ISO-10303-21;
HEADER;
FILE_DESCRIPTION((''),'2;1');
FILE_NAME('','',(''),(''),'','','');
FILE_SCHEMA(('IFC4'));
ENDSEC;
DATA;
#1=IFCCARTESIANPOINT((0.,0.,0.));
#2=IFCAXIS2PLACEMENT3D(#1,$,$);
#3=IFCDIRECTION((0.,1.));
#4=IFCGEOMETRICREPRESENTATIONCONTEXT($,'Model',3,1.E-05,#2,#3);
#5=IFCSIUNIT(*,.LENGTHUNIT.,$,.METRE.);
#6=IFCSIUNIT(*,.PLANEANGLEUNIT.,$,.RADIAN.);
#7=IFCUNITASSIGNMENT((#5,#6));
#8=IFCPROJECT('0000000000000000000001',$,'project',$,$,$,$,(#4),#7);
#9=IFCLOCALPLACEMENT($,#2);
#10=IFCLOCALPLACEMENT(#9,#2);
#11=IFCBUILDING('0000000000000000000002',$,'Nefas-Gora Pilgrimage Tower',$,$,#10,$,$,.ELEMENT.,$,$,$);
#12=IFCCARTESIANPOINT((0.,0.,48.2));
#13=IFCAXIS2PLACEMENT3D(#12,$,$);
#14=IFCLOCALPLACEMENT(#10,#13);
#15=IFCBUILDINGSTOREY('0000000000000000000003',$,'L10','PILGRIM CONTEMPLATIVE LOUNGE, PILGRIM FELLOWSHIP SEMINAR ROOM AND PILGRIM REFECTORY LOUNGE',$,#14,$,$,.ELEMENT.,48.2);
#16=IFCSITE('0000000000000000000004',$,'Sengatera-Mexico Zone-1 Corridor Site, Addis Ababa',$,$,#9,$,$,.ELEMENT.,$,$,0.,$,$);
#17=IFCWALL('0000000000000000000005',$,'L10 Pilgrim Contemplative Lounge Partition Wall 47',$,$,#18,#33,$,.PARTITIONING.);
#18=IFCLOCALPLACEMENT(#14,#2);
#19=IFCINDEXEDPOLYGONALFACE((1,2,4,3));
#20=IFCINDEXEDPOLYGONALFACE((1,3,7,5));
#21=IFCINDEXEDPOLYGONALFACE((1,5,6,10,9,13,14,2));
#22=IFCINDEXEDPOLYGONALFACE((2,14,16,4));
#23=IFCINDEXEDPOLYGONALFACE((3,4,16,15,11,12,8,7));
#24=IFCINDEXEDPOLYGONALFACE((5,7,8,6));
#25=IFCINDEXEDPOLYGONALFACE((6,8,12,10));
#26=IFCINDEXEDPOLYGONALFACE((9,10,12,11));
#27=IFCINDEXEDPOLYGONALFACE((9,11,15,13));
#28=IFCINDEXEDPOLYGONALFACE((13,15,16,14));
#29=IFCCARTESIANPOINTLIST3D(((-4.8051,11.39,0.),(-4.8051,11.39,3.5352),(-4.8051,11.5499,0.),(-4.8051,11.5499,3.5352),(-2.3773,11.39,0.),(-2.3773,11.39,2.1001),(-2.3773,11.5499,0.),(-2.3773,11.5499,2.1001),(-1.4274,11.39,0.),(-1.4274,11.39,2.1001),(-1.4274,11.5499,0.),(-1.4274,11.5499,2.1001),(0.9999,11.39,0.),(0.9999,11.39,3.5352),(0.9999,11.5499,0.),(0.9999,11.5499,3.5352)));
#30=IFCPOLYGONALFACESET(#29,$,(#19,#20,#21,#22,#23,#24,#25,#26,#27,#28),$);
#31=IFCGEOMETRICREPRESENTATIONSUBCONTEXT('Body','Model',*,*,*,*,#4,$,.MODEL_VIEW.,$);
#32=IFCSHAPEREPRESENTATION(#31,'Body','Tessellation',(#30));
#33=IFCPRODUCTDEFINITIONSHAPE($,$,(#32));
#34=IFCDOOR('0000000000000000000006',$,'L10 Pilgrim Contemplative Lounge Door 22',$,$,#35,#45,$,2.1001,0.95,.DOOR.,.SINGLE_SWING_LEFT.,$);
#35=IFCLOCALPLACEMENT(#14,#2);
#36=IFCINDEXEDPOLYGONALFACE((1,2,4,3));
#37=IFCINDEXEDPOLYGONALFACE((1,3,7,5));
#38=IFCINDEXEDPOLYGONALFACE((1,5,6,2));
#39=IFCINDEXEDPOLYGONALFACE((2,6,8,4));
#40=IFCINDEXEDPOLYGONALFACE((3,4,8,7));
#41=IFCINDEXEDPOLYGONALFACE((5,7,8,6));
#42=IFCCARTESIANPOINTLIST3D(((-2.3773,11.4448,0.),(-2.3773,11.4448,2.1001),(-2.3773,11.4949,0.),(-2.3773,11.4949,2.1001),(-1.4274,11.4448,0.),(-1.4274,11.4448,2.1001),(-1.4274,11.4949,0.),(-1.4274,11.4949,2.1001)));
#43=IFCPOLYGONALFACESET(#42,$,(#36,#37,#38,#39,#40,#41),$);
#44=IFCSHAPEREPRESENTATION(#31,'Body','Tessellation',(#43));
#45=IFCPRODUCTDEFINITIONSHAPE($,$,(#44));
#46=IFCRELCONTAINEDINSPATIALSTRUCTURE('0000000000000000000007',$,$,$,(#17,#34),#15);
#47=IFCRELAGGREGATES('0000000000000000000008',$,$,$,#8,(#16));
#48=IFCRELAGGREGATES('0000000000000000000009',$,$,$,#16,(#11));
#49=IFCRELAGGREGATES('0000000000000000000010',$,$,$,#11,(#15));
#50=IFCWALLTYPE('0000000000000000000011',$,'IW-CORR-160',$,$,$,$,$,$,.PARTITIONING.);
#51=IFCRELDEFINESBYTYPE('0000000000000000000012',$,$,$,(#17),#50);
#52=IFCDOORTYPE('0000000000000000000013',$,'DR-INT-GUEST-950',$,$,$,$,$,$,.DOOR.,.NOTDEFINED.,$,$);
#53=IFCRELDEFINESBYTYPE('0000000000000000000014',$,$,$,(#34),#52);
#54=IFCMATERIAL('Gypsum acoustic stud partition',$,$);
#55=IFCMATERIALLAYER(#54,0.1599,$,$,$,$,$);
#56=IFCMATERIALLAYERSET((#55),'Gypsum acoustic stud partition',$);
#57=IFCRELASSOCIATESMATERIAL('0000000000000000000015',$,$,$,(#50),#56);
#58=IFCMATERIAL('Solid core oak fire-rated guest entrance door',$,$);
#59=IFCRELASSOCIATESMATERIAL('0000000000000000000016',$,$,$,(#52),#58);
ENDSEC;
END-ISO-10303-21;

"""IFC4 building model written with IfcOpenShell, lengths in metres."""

from ifc_helpers import new_model, si_unit, direction, frame, frame_2d, origin, place, context, subcontext, project, spatial, rectangle, extrude, source, transform, mapped, material, layer, layer_set, type_object, element, fill, save


model = new_model("IFC4")

# Units and contexts
model_context = context("Model", 3, precision=1e-05, world=origin(), true_north=direction((0.0, 1.0)))
body_context = subcontext(model_context, "Body", "Model", "MODEL_VIEW")
ifc_project = project(units=[si_unit("LENGTHUNIT", "METRE"), si_unit("PLANEANGLEUNIT", "RADIAN")], contexts=[model_context])

# Site, building, storey
site_placement = place(None, origin())
site = spatial("IfcSite", under=ifc_project, at=site_placement, Name="Sengatera-Mexico Zone-1 Corridor Site, Addis Ababa", CompositionType="ELEMENT", RefElevation=0.0)
building_placement = place(site_placement, origin())
building = spatial("IfcBuilding", under=site, at=building_placement, Name="Nefas-Gora Pilgrimage Tower", CompositionType="ELEMENT")
storey_placement = place(building_placement, frame((0.0, 0.0, 48.2)))
storey = spatial("IfcBuildingStorey", under=building, at=storey_placement, Name="L10", Description="PILGRIM CONTEMPLATIVE LOUNGE, PILGRIM FELLOWSHIP SEMINAR ROOM AND PILGRIM REFECTORY LOUNGE", CompositionType="ELEMENT", Elevation=48.2)

# Shared definitions
ifc_material_1 = material(Name="Gypsum acoustic stud partition")
ifc_layer_1 = layer(ifc_material_1, 0.1599)
ifc_layer_set_1 = layer_set([ifc_layer_1], Name="Gypsum acoustic stud partition")
wall_type_1 = type_object("IfcWallType", Name="IW-CORR-160", PredefinedType="PARTITIONING", material=ifc_layer_set_1)
ifc_material_2 = material(Name="Solid core oak fire-rated guest entrance door")
door_type_1 = type_object("IfcDoorType", Name="DR-INT-GUEST-950", OperationType="NOTDEFINED", PredefinedType="DOOR", material=ifc_material_2)
shared_shape_1 = source(origin(), body_context, "Body", "SweptSolid", [
    extrude(rectangle(XDim=0.95, YDim=2.1001, at=frame_2d((0.4751, 1.05))), frame((0.0, 0.0249, 0.0), z_axis=(0.0, -1.0, 0.0), x_axis=(1.0, 0.0, 0.0)), (0.0, 0.0, 1.0), 0.05),
])

# Wall, opening, door
shared_shape_2 = source(origin(), body_context, "Body", "SweptSolid", [
    extrude(rectangle(XDim=5.8049, YDim=0.1599, at=frame_2d((2.9023, 0.0))), origin(), (0.0, 0.0, 1.0), 3.5352),
])
wall_1_placement = place(storey_placement, frame((-4.8049, 11.47, 0.0), z_axis=(0.0, 0.0, 1.0), x_axis=(1.0, 0.0, 0.0)))
wall_1 = element("IfcWall", 1, at=wall_1_placement, inside=storey, type_object=wall_type_1, Name="L10 Pilgrim Contemplative Lounge Partition Wall 47", PredefinedType="PARTITIONING", context=body_context, shape_type="MappedRepresentation", body=[
    mapped(shared_shape_2, transform((0.0, 0.0, 0.0), x_axis=(1.0, 0.0, 0.0), y_axis=(0.0, 1.0, 0.0), z_axis=(0.0, 0.0, 1.0), scale=1.0)),
])
opening_1_placement = place(wall_1_placement, frame((2.4275, 0.0, 0.0)))
opening_1 = element("IfcOpeningElement", 2, at=opening_1_placement, cuts=wall_1, PredefinedType="OPENING", context=body_context, shape_type="SweptSolid", body=[
    extrude(rectangle(XDim=0.95, YDim=2.1001, at=frame_2d((0.4751, 1.05))), frame((0.0, 0.0898, 0.0), z_axis=(0.0, -1.0, 0.0), x_axis=(1.0, 0.0, 0.0)), (0.0, 0.0, 1.0), 0.1799),
])
door_1_placement = place(opening_1_placement, origin())
door_1 = element("IfcDoor", 3, at=door_1_placement, inside=storey, type_object=door_type_1, Name="L10 Pilgrim Contemplative Lounge Door 22", OperationType="SINGLE_SWING_LEFT", OverallHeight=2.1001, OverallWidth=0.95, PredefinedType="DOOR", context=body_context, shape_type="MappedRepresentation", body=[
    mapped(shared_shape_1, transform((0.0, 0.0, 0.0), x_axis=(1.0, 0.0, 0.0), y_axis=(0.0, 1.0, 0.0), z_axis=(0.0, 0.0, 1.0), scale=1.0)),
])
fill(opening_1, door_1)

save(model, "model.ifc")
